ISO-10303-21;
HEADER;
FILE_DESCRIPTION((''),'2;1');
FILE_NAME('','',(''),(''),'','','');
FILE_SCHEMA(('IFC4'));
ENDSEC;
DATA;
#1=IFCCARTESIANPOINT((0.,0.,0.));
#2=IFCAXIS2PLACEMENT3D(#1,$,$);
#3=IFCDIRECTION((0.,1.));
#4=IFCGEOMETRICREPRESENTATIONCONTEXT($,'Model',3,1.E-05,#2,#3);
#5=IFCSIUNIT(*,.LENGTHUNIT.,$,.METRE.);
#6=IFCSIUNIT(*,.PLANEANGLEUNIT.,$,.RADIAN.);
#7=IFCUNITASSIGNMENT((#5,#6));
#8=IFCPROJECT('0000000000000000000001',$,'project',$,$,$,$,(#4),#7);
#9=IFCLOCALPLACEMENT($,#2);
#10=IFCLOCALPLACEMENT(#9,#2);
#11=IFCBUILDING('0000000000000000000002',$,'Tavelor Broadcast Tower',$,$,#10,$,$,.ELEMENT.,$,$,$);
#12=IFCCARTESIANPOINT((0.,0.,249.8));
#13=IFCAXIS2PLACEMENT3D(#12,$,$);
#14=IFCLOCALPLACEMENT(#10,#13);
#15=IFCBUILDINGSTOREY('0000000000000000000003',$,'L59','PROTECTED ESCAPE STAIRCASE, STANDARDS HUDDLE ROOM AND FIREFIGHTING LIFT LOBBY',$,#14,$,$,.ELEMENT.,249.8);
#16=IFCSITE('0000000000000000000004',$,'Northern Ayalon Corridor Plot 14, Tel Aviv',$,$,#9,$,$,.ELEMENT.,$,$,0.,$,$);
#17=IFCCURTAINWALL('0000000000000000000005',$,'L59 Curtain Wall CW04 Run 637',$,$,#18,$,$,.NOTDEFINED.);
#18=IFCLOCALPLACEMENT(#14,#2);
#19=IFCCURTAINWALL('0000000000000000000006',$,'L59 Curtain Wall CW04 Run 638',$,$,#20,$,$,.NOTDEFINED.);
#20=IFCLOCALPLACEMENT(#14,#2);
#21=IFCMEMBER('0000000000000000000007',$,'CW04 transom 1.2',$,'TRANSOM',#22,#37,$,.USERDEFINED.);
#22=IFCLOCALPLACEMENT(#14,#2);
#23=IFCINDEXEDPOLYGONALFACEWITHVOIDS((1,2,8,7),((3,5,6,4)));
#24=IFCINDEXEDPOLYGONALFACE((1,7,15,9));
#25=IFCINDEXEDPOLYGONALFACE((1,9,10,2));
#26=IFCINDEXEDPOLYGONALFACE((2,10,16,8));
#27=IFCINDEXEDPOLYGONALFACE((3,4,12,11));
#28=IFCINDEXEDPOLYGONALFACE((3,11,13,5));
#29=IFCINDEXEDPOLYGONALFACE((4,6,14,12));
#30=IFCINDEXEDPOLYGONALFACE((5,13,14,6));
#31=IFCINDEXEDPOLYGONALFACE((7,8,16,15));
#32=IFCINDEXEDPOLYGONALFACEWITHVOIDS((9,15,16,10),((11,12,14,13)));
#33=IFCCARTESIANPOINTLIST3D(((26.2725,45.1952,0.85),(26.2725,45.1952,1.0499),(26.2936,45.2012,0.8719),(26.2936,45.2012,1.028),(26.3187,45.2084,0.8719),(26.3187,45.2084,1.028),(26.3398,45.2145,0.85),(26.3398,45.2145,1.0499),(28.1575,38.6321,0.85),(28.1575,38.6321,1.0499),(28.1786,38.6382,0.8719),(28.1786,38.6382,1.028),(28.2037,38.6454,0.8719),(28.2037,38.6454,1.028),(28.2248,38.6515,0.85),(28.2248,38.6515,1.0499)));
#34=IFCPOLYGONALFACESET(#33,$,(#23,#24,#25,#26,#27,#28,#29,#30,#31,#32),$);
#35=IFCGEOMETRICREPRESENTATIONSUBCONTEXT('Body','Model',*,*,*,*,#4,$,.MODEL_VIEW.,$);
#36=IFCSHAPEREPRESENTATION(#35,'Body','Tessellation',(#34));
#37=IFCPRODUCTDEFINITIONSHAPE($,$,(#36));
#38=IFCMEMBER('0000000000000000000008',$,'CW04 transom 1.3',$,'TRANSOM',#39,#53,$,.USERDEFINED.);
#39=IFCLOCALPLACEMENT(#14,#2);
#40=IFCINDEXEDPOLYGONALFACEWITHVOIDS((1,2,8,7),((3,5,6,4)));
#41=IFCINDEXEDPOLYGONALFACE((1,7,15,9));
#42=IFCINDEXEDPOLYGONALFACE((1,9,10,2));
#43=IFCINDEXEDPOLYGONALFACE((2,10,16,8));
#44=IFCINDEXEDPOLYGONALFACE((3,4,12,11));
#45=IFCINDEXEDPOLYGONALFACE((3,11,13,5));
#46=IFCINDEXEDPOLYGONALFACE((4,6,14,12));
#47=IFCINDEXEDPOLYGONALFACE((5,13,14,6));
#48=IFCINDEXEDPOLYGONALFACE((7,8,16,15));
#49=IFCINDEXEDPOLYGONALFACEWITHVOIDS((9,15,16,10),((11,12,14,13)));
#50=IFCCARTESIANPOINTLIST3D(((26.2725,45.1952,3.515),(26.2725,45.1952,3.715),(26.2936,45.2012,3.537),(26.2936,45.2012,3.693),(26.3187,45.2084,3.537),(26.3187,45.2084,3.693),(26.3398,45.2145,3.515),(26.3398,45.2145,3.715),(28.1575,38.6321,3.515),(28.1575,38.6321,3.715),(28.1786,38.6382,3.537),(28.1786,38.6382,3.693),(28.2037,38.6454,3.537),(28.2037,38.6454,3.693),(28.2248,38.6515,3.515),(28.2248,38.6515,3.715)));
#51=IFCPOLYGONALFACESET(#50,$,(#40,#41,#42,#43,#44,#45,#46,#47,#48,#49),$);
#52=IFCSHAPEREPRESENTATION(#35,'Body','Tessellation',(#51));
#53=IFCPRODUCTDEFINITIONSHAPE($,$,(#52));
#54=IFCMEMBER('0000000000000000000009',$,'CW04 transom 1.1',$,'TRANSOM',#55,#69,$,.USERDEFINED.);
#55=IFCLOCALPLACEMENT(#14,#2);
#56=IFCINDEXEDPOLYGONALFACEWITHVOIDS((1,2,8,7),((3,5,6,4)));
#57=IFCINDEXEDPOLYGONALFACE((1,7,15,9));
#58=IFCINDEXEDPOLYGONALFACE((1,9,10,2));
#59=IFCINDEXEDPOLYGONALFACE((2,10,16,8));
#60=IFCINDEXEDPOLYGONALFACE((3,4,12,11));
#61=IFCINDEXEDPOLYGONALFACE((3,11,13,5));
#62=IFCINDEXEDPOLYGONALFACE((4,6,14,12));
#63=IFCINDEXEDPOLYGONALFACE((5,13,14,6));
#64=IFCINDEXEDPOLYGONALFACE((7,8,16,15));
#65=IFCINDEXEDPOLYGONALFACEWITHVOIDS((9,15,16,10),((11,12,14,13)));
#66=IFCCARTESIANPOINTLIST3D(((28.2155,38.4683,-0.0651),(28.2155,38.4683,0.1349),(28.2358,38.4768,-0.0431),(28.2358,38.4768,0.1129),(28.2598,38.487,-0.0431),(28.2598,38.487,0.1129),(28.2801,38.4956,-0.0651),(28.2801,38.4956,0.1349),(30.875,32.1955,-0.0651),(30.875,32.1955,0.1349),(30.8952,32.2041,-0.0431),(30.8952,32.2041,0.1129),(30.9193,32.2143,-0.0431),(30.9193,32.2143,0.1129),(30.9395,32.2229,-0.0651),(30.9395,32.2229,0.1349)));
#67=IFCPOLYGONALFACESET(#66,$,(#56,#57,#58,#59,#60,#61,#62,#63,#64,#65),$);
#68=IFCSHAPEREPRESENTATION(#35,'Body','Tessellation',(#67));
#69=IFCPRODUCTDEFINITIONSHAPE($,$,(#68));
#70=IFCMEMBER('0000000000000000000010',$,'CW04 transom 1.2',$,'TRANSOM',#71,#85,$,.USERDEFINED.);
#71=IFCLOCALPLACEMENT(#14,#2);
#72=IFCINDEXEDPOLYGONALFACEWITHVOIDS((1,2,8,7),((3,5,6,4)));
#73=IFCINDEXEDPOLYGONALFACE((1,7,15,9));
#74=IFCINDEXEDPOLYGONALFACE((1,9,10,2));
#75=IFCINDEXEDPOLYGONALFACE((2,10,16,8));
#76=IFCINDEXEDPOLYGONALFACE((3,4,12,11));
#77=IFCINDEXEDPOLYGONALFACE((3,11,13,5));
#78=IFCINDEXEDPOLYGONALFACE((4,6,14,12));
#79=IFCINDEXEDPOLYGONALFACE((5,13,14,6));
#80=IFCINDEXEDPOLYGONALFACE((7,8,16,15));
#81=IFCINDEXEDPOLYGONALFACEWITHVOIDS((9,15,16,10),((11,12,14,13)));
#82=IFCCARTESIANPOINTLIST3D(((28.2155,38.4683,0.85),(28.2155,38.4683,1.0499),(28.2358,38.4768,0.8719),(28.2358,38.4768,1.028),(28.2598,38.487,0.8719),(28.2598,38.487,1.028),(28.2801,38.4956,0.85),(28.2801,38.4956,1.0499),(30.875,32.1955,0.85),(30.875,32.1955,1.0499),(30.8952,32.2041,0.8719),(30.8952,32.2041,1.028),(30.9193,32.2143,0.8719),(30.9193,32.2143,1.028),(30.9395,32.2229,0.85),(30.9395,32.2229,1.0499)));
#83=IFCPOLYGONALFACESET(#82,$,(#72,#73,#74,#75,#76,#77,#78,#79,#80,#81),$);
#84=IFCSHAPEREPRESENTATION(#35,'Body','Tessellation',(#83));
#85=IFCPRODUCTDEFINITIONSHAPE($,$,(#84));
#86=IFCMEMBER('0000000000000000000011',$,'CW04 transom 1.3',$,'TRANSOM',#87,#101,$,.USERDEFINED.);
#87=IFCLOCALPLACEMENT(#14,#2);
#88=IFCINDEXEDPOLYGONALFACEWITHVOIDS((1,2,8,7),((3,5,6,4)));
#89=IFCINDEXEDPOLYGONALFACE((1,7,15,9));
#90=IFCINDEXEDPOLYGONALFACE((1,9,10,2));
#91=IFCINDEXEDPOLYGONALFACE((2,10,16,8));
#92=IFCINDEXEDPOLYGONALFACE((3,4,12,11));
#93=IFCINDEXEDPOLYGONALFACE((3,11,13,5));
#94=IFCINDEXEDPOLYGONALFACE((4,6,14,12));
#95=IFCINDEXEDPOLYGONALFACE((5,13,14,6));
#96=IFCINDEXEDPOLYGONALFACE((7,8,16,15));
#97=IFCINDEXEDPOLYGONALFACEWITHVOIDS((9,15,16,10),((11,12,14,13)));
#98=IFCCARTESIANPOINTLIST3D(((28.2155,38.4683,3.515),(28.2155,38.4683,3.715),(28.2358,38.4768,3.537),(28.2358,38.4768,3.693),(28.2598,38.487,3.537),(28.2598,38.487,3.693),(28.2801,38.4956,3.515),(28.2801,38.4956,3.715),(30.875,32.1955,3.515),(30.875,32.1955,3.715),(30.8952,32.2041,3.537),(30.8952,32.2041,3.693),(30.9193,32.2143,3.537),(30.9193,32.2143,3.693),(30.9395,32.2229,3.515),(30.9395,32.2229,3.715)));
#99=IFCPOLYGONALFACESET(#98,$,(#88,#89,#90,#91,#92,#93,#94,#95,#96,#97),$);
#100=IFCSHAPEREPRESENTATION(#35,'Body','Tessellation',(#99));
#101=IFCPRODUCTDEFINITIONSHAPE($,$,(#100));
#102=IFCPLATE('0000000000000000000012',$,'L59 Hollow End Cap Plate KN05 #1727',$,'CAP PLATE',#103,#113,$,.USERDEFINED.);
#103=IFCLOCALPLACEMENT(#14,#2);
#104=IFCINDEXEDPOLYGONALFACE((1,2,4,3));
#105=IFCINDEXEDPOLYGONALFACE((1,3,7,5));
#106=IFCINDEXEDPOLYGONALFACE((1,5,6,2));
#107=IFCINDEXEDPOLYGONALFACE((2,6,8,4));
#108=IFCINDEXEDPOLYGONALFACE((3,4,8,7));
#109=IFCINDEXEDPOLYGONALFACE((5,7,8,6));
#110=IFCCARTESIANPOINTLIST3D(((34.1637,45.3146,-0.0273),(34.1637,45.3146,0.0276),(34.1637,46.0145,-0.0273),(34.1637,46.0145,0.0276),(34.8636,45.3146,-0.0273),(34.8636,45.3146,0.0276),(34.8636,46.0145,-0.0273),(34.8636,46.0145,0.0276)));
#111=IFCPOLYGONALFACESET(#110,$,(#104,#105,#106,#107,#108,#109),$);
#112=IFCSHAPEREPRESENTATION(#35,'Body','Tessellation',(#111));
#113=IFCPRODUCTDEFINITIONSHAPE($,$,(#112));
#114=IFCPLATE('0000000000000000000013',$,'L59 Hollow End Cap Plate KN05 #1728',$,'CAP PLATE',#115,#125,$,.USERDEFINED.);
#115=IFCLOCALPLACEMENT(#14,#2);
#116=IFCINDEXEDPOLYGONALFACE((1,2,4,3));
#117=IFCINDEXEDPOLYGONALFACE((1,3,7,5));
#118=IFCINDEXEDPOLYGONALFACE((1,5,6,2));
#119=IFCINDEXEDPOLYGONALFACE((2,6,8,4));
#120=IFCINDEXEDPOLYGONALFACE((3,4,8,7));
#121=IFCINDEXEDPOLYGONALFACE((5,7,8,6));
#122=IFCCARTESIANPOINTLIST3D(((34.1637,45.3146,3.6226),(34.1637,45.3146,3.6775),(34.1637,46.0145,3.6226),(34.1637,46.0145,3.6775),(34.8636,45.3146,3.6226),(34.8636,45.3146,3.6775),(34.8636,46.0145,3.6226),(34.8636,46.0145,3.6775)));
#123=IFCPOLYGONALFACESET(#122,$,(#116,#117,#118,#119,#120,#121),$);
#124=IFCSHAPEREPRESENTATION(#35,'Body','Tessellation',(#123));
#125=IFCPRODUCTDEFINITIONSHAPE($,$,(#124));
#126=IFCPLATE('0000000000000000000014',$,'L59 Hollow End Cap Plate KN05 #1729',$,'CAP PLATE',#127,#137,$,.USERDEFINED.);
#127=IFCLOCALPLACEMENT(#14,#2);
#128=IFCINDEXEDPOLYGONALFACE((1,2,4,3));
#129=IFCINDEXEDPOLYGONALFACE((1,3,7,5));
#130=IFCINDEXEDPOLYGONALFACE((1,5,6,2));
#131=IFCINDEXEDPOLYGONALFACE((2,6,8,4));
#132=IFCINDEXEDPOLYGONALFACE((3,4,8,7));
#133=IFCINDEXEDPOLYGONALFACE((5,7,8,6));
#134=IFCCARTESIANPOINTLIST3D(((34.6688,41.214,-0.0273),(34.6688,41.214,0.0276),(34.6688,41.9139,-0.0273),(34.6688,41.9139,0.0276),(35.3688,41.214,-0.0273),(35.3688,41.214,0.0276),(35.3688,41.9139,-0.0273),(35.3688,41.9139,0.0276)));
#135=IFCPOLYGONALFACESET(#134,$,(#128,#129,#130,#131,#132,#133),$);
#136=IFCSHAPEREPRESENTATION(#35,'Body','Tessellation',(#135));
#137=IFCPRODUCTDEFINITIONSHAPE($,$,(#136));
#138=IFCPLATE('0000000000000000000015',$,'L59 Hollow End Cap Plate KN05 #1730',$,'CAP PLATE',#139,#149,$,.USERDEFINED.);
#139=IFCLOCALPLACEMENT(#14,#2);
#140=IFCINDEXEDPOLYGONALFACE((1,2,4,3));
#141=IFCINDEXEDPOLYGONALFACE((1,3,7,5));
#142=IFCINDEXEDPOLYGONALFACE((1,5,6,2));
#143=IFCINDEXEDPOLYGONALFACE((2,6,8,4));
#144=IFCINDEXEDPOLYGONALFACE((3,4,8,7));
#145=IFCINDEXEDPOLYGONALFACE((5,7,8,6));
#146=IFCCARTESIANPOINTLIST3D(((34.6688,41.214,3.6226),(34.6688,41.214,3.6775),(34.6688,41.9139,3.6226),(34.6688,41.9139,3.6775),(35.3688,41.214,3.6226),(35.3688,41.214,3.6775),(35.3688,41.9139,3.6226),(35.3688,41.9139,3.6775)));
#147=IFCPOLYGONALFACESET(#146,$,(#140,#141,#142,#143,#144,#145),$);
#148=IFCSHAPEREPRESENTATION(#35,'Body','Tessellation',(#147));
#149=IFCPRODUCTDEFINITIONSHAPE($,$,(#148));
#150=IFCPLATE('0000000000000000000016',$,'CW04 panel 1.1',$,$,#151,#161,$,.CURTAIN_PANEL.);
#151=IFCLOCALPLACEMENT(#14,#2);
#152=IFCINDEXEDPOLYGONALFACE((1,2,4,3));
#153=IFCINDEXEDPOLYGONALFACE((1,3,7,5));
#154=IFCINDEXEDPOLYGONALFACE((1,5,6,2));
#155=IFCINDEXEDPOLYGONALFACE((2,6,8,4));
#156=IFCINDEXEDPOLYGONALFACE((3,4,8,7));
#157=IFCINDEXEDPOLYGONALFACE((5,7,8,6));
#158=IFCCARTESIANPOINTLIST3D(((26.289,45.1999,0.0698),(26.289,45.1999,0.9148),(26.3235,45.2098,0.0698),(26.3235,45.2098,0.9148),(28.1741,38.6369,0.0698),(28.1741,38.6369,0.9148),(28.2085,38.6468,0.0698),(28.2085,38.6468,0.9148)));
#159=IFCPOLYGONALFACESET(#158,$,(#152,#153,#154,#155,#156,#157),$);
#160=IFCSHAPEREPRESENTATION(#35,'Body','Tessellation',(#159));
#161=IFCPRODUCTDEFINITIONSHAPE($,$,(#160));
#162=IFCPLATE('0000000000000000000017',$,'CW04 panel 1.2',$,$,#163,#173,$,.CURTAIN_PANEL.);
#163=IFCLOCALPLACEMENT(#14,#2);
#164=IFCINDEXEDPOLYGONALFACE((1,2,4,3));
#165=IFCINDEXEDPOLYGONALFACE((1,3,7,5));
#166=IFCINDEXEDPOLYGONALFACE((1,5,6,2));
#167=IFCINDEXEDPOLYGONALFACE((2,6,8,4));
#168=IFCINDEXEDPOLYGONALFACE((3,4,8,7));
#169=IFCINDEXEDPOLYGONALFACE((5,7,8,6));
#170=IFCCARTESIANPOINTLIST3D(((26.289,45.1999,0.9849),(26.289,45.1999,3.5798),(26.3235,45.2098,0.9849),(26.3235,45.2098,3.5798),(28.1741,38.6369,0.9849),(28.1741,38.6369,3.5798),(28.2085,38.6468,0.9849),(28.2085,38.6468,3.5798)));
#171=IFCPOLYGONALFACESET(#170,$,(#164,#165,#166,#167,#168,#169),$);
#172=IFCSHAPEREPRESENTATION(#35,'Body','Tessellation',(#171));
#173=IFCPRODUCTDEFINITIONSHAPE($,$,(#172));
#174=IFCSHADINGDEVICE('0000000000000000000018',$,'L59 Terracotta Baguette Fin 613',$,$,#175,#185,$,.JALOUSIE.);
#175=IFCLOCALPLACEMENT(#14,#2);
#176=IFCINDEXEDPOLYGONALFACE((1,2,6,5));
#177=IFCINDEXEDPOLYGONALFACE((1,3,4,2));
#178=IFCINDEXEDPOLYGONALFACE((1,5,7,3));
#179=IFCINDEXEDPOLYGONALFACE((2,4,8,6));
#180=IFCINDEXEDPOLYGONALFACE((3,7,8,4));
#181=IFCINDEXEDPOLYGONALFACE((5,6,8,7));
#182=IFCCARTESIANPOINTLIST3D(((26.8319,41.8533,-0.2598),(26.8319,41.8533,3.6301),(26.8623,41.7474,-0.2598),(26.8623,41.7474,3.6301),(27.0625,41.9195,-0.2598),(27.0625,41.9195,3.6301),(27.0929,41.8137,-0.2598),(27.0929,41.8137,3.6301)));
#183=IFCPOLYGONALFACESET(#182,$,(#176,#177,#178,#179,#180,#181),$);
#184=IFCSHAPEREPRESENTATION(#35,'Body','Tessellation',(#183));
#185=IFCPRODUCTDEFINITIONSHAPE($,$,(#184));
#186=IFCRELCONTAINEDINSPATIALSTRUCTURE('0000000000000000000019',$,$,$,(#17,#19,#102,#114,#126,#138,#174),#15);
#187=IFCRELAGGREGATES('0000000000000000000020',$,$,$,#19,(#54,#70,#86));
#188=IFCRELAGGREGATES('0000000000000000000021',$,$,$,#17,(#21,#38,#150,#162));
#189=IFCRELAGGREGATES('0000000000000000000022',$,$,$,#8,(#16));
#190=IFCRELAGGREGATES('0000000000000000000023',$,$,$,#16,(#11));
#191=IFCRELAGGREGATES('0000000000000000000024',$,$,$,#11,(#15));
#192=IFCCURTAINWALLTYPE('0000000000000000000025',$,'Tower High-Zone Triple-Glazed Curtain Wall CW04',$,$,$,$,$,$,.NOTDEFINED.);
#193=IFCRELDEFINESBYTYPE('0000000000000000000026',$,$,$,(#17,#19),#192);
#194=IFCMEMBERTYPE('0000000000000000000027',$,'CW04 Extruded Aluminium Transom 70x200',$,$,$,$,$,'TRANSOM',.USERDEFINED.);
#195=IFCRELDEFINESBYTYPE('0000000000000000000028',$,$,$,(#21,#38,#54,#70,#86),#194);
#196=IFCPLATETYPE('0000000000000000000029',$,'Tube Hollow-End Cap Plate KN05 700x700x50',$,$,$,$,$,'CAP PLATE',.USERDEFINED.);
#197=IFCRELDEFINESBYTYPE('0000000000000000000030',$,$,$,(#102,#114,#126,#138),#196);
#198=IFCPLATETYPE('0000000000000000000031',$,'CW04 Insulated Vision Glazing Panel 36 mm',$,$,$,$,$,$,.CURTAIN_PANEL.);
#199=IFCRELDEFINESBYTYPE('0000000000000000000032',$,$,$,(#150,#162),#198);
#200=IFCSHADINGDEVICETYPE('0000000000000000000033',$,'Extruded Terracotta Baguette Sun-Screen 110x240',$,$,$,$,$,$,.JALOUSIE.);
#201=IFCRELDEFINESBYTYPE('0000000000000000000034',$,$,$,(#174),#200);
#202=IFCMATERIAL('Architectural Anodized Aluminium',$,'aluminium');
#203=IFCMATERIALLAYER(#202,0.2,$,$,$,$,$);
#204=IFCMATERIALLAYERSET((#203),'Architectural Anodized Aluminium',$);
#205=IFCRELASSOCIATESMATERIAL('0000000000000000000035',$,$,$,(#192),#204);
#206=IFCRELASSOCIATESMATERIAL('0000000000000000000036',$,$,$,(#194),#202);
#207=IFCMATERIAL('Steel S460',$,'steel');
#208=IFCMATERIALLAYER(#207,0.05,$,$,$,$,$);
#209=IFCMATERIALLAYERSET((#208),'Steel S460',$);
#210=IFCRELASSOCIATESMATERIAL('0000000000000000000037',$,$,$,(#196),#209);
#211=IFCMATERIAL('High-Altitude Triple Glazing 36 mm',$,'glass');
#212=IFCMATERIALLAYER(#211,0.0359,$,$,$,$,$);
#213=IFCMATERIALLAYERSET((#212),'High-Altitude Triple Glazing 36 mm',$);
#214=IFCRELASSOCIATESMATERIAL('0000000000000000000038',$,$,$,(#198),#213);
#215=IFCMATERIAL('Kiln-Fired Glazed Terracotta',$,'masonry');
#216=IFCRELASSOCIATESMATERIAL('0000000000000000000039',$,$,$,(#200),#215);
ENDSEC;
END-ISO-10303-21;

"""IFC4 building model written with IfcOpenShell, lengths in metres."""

from ifc_helpers import new_model, si_unit, direction, frame, origin, origin_2d, place, context, subcontext, project, spatial, rectangle, hollow_rectangle, extrude, source, transform, mapped, material, layer, layer_set, material_profile, profile_set, type_object, type_shapes, element, aggregate, save


model = new_model("IFC4")

# Units and contexts
model_context = context("Model", 3, precision=1e-05, world=origin(), true_north=direction((0.0, 1.0)))
body_context = subcontext(model_context, "Body", "Model", "MODEL_VIEW")
ifc_project = project(units=[si_unit("LENGTHUNIT", "METRE"), si_unit("PLANEANGLEUNIT", "RADIAN")], contexts=[model_context])

# Site, building, storey
site_placement = place(None, origin())
site = spatial("IfcSite", under=ifc_project, at=site_placement, Name="Northern Ayalon Corridor Plot 14, Tel Aviv", CompositionType="ELEMENT", RefElevation=0.0)
building_placement = place(site_placement, origin())
building = spatial("IfcBuilding", under=site, at=building_placement, Name="Tavelor Broadcast Tower", CompositionType="ELEMENT")
storey_placement = place(building_placement, frame((0.0, 0.0, 249.8)))
storey = spatial("IfcBuildingStorey", under=building, at=storey_placement, Name="L59", Description="PROTECTED ESCAPE STAIRCASE, STANDARDS HUDDLE ROOM AND FIREFIGHTING LIFT LOBBY", CompositionType="ELEMENT", Elevation=249.8)

# Shared definitions
ifc_material_1 = material(Name="Steel S460", Category="steel")

# Curtain wall
ifc_material_2 = material(Name="Architectural Anodized Aluminium", Category="aluminium")
ifc_layer_1 = layer(ifc_material_2, 0.2)
ifc_layer_set_1 = layer_set([ifc_layer_1], Name="Architectural Anodized Aluminium")
curtain_wall_type = type_object("IfcCurtainWallType", Name="Tower High-Zone Triple-Glazed Curtain Wall CW04", PredefinedType="NOTDEFINED", material=ifc_layer_set_1)
curtain_wall_1_placement = place(storey_placement, origin())
curtain_wall_1 = element("IfcCurtainWall", 1, at=curtain_wall_1_placement, inside=storey, type_object=curtain_wall_type, Name="L59 Curtain Wall CW04 Run 637", PredefinedType="NOTDEFINED")

# Curtain wall
curtain_wall_2_placement = place(storey_placement, origin())
curtain_wall_2 = element("IfcCurtainWall", 2, at=curtain_wall_2_placement, inside=storey, type_object=curtain_wall_type, Name="L59 Curtain Wall CW04 Run 638", PredefinedType="NOTDEFINED")

# Members
ifc_material_profile_1 = material_profile(ifc_material_2, hollow_rectangle(XDim=0.0701, YDim=0.2, WallThickness=0.022, at=origin_2d()), Name="RHS 70x200x22")
ifc_profile_set_1 = profile_set([ifc_material_profile_1], Name="Architectural Anodized Aluminium")
member_type_1 = type_object("IfcMemberType", Name="CW04 Extruded Aluminium Transom 70x200", ElementType="TRANSOM", PredefinedType="USERDEFINED", material=ifc_profile_set_1)
shared_shape_1 = source(origin(), body_context, "Body", "SweptSolid", [
    extrude(hollow_rectangle(XDim=0.0701, YDim=0.2, WallThickness=0.022, at=origin_2d()), origin(), (0.0, 0.0, 1.0), 6.8284),
])
member_1_placement = place(storey_placement, frame((26.3062, 45.2048, 0.95), z_axis=(0.276057, -0.961141, 0.0), x_axis=(0.961141, 0.276057, 0.0)))
member_1 = element("IfcMember", 3, at=member_1_placement, type_object=member_type_1, Name="CW04 transom 1.2", ObjectType="TRANSOM", PredefinedType="USERDEFINED", context=body_context, shape_type="MappedRepresentation", body=[
    mapped(shared_shape_1, transform((0.0, 0.0, 0.0), scale=1.0)),
])
member_2_placement = place(storey_placement, frame((26.3062, 45.2048, 3.615), z_axis=(0.276057, -0.961141, 0.0), x_axis=(0.961141, 0.276057, 0.0)))
member_2 = element("IfcMember", 4, at=member_2_placement, type_object=member_type_1, Name="CW04 transom 1.3", ObjectType="TRANSOM", PredefinedType="USERDEFINED", context=body_context, shape_type="MappedRepresentation", body=[
    mapped(shared_shape_1, transform((0.0, 0.0, 0.0), scale=1.0)),
])
shared_shape_2 = source(origin(), body_context, "Body", "SweptSolid", [
    extrude(hollow_rectangle(XDim=0.0701, YDim=0.2, WallThickness=0.022, at=origin_2d()), origin(), (0.0, 0.0, 1.0), 6.8132),
])
type_shapes(member_type_1, [shared_shape_1, shared_shape_2])
member_3_placement = place(storey_placement, frame((28.2478, 38.4819, 0.0349), z_axis=(0.390335, -0.920673, 0.0), x_axis=(0.920673, 0.390335, 0.0)))
member_3 = element("IfcMember", 5, at=member_3_placement, type_object=member_type_1, Name="CW04 transom 1.1", ObjectType="TRANSOM", PredefinedType="USERDEFINED", context=body_context, shape_type="MappedRepresentation", body=[
    mapped(shared_shape_2, transform((0.0, 0.0, 0.0), scale=1.0)),
])
member_4_placement = place(storey_placement, frame((28.2478, 38.4819, 0.95), z_axis=(0.390335, -0.920673, 0.0), x_axis=(0.920673, 0.390335, 0.0)))
member_4 = element("IfcMember", 6, at=member_4_placement, type_object=member_type_1, Name="CW04 transom 1.2", ObjectType="TRANSOM", PredefinedType="USERDEFINED", context=body_context, shape_type="MappedRepresentation", body=[
    mapped(shared_shape_2, transform((0.0, 0.0, 0.0), scale=1.0)),
])
member_5_placement = place(storey_placement, frame((28.2478, 38.4819, 3.615), z_axis=(0.390335, -0.920673, 0.0), x_axis=(0.920673, 0.390335, 0.0)))
member_5 = element("IfcMember", 7, at=member_5_placement, type_object=member_type_1, Name="CW04 transom 1.3", ObjectType="TRANSOM", PredefinedType="USERDEFINED", context=body_context, shape_type="MappedRepresentation", body=[
    mapped(shared_shape_2, transform((0.0, 0.0, 0.0), scale=1.0)),
])
aggregate(curtain_wall_2, [member_3, member_4, member_5])

# Plates
ifc_layer_2 = layer(ifc_material_1, 0.05)
ifc_layer_set_2 = layer_set([ifc_layer_2], Name="Steel S460")
plate_type_1 = type_object("IfcPlateType", Name="Tube Hollow-End Cap Plate KN05 700x700x50", ElementType="CAP PLATE", PredefinedType="USERDEFINED", material=ifc_layer_set_2)
shared_shape_3 = source(origin(), body_context, "Body", "SweptSolid", [
    extrude(rectangle(XDim=0.7, YDim=0.7, at=origin_2d()), origin(), (0.0, 0.0, 1.0), 0.0549),
])
type_shapes(plate_type_1, [shared_shape_3])
for number, where, z_axis, x_axis, name in (
    (8, (34.5137, 45.6646, -0.0273), (0.0, 0.0, 1.0), (1.0, 0.0, 0.0), "L59 Hollow End Cap Plate KN05 #1727"),
    (9, (34.5137, 45.6646, 3.6226), (0.0, 0.0, 1.0), (1.0, 0.0, 0.0), "L59 Hollow End Cap Plate KN05 #1728"),
    (10, (35.0188, 41.564, -0.0273), (0.0, 0.0, 1.0), (1.0, 0.0, 0.0), "L59 Hollow End Cap Plate KN05 #1729"),
    (11, (35.0188, 41.564, 3.6226), (0.0, 0.0, 1.0), (1.0, 0.0, 0.0), "L59 Hollow End Cap Plate KN05 #1730"),
):
    element("IfcPlate", number, at=place(storey_placement, frame(where, z_axis=z_axis, x_axis=x_axis)), inside=storey, type_object=plate_type_1, Name=name, ObjectType="CAP PLATE", PredefinedType="USERDEFINED", context=body_context, shape_type="MappedRepresentation", body=[
        mapped(shared_shape_3, transform((0.0, 0.0, 0.0), scale=1.0)),
    ])

# Plates
ifc_material_3 = material(Name="High-Altitude Triple Glazing 36 mm", Category="glass")
ifc_layer_3 = layer(ifc_material_3, 0.0359)
ifc_layer_set_3 = layer_set([ifc_layer_3], Name="High-Altitude Triple Glazing 36 mm")
plate_type_2 = type_object("IfcPlateType", Name="CW04 Insulated Vision Glazing Panel 36 mm", PredefinedType="CURTAIN_PANEL", material=ifc_layer_set_3)
shared_shape_4 = source(origin(), body_context, "Body", "SweptSolid", [
    extrude(rectangle(XDim=6.8284, YDim=0.0359, at=origin_2d()), origin(), (0.0, 0.0, 1.0), 0.845),
])
plate_1_placement = place(storey_placement, frame((27.2488, 41.9233, 0.0698), z_axis=(0.0, 0.0, 1.0), x_axis=(0.276061, -0.96114, 0.0)))
plate_1 = element("IfcPlate", 12, at=plate_1_placement, type_object=plate_type_2, Name="CW04 panel 1.1", PredefinedType="CURTAIN_PANEL", context=body_context, shape_type="MappedRepresentation", body=[
    mapped(shared_shape_4, transform((0.0, 0.0, 0.0), scale=1.0)),
])
shared_shape_5 = source(origin(), body_context, "Body", "SweptSolid", [
    extrude(rectangle(XDim=6.8284, YDim=0.0359, at=origin_2d()), origin(), (0.0, 0.0, 1.0), 2.595),
])
type_shapes(plate_type_2, [shared_shape_4, shared_shape_5])
plate_2_placement = place(storey_placement, frame((27.2488, 41.9233, 0.9849), z_axis=(0.0, 0.0, 1.0), x_axis=(0.276061, -0.96114, 0.0)))
plate_2 = element("IfcPlate", 13, at=plate_2_placement, type_object=plate_type_2, Name="CW04 panel 1.2", PredefinedType="CURTAIN_PANEL", context=body_context, shape_type="MappedRepresentation", body=[
    mapped(shared_shape_5, transform((0.0, 0.0, 0.0), scale=1.0)),
])
aggregate(curtain_wall_1, [member_1, member_2, plate_1, plate_2])

# Shading device
ifc_material_4 = material(Name="Kiln-Fired Glazed Terracotta", Category="masonry")
shading_device_type = type_object("IfcShadingDeviceType", Name="Extruded Terracotta Baguette Sun-Screen 110x240", PredefinedType="JALOUSIE", material=ifc_material_4)
shared_shape_6 = source(origin(), body_context, "Body", "SweptSolid", [
    extrude(rectangle(XDim=0.1101, YDim=0.24, at=origin_2d()), origin(), (0.0, 0.0, 1.0), 3.8899),
])
type_shapes(shading_device_type, [shared_shape_6])
shading_device_placement = place(storey_placement, frame((26.9624, 41.8335, -0.2598), z_axis=(0.0, 0.0, 1.0), x_axis=(0.276141, -0.961117, 0.0)))
element("IfcShadingDevice", 14, at=shading_device_placement, inside=storey, type_object=shading_device_type, Name="L59 Terracotta Baguette Fin 613", PredefinedType="JALOUSIE", context=body_context, shape_type="MappedRepresentation", body=[
    mapped(shared_shape_6, transform((0.0, 0.0, 0.0), scale=1.0)),
])

save(model, "model.ifc")
